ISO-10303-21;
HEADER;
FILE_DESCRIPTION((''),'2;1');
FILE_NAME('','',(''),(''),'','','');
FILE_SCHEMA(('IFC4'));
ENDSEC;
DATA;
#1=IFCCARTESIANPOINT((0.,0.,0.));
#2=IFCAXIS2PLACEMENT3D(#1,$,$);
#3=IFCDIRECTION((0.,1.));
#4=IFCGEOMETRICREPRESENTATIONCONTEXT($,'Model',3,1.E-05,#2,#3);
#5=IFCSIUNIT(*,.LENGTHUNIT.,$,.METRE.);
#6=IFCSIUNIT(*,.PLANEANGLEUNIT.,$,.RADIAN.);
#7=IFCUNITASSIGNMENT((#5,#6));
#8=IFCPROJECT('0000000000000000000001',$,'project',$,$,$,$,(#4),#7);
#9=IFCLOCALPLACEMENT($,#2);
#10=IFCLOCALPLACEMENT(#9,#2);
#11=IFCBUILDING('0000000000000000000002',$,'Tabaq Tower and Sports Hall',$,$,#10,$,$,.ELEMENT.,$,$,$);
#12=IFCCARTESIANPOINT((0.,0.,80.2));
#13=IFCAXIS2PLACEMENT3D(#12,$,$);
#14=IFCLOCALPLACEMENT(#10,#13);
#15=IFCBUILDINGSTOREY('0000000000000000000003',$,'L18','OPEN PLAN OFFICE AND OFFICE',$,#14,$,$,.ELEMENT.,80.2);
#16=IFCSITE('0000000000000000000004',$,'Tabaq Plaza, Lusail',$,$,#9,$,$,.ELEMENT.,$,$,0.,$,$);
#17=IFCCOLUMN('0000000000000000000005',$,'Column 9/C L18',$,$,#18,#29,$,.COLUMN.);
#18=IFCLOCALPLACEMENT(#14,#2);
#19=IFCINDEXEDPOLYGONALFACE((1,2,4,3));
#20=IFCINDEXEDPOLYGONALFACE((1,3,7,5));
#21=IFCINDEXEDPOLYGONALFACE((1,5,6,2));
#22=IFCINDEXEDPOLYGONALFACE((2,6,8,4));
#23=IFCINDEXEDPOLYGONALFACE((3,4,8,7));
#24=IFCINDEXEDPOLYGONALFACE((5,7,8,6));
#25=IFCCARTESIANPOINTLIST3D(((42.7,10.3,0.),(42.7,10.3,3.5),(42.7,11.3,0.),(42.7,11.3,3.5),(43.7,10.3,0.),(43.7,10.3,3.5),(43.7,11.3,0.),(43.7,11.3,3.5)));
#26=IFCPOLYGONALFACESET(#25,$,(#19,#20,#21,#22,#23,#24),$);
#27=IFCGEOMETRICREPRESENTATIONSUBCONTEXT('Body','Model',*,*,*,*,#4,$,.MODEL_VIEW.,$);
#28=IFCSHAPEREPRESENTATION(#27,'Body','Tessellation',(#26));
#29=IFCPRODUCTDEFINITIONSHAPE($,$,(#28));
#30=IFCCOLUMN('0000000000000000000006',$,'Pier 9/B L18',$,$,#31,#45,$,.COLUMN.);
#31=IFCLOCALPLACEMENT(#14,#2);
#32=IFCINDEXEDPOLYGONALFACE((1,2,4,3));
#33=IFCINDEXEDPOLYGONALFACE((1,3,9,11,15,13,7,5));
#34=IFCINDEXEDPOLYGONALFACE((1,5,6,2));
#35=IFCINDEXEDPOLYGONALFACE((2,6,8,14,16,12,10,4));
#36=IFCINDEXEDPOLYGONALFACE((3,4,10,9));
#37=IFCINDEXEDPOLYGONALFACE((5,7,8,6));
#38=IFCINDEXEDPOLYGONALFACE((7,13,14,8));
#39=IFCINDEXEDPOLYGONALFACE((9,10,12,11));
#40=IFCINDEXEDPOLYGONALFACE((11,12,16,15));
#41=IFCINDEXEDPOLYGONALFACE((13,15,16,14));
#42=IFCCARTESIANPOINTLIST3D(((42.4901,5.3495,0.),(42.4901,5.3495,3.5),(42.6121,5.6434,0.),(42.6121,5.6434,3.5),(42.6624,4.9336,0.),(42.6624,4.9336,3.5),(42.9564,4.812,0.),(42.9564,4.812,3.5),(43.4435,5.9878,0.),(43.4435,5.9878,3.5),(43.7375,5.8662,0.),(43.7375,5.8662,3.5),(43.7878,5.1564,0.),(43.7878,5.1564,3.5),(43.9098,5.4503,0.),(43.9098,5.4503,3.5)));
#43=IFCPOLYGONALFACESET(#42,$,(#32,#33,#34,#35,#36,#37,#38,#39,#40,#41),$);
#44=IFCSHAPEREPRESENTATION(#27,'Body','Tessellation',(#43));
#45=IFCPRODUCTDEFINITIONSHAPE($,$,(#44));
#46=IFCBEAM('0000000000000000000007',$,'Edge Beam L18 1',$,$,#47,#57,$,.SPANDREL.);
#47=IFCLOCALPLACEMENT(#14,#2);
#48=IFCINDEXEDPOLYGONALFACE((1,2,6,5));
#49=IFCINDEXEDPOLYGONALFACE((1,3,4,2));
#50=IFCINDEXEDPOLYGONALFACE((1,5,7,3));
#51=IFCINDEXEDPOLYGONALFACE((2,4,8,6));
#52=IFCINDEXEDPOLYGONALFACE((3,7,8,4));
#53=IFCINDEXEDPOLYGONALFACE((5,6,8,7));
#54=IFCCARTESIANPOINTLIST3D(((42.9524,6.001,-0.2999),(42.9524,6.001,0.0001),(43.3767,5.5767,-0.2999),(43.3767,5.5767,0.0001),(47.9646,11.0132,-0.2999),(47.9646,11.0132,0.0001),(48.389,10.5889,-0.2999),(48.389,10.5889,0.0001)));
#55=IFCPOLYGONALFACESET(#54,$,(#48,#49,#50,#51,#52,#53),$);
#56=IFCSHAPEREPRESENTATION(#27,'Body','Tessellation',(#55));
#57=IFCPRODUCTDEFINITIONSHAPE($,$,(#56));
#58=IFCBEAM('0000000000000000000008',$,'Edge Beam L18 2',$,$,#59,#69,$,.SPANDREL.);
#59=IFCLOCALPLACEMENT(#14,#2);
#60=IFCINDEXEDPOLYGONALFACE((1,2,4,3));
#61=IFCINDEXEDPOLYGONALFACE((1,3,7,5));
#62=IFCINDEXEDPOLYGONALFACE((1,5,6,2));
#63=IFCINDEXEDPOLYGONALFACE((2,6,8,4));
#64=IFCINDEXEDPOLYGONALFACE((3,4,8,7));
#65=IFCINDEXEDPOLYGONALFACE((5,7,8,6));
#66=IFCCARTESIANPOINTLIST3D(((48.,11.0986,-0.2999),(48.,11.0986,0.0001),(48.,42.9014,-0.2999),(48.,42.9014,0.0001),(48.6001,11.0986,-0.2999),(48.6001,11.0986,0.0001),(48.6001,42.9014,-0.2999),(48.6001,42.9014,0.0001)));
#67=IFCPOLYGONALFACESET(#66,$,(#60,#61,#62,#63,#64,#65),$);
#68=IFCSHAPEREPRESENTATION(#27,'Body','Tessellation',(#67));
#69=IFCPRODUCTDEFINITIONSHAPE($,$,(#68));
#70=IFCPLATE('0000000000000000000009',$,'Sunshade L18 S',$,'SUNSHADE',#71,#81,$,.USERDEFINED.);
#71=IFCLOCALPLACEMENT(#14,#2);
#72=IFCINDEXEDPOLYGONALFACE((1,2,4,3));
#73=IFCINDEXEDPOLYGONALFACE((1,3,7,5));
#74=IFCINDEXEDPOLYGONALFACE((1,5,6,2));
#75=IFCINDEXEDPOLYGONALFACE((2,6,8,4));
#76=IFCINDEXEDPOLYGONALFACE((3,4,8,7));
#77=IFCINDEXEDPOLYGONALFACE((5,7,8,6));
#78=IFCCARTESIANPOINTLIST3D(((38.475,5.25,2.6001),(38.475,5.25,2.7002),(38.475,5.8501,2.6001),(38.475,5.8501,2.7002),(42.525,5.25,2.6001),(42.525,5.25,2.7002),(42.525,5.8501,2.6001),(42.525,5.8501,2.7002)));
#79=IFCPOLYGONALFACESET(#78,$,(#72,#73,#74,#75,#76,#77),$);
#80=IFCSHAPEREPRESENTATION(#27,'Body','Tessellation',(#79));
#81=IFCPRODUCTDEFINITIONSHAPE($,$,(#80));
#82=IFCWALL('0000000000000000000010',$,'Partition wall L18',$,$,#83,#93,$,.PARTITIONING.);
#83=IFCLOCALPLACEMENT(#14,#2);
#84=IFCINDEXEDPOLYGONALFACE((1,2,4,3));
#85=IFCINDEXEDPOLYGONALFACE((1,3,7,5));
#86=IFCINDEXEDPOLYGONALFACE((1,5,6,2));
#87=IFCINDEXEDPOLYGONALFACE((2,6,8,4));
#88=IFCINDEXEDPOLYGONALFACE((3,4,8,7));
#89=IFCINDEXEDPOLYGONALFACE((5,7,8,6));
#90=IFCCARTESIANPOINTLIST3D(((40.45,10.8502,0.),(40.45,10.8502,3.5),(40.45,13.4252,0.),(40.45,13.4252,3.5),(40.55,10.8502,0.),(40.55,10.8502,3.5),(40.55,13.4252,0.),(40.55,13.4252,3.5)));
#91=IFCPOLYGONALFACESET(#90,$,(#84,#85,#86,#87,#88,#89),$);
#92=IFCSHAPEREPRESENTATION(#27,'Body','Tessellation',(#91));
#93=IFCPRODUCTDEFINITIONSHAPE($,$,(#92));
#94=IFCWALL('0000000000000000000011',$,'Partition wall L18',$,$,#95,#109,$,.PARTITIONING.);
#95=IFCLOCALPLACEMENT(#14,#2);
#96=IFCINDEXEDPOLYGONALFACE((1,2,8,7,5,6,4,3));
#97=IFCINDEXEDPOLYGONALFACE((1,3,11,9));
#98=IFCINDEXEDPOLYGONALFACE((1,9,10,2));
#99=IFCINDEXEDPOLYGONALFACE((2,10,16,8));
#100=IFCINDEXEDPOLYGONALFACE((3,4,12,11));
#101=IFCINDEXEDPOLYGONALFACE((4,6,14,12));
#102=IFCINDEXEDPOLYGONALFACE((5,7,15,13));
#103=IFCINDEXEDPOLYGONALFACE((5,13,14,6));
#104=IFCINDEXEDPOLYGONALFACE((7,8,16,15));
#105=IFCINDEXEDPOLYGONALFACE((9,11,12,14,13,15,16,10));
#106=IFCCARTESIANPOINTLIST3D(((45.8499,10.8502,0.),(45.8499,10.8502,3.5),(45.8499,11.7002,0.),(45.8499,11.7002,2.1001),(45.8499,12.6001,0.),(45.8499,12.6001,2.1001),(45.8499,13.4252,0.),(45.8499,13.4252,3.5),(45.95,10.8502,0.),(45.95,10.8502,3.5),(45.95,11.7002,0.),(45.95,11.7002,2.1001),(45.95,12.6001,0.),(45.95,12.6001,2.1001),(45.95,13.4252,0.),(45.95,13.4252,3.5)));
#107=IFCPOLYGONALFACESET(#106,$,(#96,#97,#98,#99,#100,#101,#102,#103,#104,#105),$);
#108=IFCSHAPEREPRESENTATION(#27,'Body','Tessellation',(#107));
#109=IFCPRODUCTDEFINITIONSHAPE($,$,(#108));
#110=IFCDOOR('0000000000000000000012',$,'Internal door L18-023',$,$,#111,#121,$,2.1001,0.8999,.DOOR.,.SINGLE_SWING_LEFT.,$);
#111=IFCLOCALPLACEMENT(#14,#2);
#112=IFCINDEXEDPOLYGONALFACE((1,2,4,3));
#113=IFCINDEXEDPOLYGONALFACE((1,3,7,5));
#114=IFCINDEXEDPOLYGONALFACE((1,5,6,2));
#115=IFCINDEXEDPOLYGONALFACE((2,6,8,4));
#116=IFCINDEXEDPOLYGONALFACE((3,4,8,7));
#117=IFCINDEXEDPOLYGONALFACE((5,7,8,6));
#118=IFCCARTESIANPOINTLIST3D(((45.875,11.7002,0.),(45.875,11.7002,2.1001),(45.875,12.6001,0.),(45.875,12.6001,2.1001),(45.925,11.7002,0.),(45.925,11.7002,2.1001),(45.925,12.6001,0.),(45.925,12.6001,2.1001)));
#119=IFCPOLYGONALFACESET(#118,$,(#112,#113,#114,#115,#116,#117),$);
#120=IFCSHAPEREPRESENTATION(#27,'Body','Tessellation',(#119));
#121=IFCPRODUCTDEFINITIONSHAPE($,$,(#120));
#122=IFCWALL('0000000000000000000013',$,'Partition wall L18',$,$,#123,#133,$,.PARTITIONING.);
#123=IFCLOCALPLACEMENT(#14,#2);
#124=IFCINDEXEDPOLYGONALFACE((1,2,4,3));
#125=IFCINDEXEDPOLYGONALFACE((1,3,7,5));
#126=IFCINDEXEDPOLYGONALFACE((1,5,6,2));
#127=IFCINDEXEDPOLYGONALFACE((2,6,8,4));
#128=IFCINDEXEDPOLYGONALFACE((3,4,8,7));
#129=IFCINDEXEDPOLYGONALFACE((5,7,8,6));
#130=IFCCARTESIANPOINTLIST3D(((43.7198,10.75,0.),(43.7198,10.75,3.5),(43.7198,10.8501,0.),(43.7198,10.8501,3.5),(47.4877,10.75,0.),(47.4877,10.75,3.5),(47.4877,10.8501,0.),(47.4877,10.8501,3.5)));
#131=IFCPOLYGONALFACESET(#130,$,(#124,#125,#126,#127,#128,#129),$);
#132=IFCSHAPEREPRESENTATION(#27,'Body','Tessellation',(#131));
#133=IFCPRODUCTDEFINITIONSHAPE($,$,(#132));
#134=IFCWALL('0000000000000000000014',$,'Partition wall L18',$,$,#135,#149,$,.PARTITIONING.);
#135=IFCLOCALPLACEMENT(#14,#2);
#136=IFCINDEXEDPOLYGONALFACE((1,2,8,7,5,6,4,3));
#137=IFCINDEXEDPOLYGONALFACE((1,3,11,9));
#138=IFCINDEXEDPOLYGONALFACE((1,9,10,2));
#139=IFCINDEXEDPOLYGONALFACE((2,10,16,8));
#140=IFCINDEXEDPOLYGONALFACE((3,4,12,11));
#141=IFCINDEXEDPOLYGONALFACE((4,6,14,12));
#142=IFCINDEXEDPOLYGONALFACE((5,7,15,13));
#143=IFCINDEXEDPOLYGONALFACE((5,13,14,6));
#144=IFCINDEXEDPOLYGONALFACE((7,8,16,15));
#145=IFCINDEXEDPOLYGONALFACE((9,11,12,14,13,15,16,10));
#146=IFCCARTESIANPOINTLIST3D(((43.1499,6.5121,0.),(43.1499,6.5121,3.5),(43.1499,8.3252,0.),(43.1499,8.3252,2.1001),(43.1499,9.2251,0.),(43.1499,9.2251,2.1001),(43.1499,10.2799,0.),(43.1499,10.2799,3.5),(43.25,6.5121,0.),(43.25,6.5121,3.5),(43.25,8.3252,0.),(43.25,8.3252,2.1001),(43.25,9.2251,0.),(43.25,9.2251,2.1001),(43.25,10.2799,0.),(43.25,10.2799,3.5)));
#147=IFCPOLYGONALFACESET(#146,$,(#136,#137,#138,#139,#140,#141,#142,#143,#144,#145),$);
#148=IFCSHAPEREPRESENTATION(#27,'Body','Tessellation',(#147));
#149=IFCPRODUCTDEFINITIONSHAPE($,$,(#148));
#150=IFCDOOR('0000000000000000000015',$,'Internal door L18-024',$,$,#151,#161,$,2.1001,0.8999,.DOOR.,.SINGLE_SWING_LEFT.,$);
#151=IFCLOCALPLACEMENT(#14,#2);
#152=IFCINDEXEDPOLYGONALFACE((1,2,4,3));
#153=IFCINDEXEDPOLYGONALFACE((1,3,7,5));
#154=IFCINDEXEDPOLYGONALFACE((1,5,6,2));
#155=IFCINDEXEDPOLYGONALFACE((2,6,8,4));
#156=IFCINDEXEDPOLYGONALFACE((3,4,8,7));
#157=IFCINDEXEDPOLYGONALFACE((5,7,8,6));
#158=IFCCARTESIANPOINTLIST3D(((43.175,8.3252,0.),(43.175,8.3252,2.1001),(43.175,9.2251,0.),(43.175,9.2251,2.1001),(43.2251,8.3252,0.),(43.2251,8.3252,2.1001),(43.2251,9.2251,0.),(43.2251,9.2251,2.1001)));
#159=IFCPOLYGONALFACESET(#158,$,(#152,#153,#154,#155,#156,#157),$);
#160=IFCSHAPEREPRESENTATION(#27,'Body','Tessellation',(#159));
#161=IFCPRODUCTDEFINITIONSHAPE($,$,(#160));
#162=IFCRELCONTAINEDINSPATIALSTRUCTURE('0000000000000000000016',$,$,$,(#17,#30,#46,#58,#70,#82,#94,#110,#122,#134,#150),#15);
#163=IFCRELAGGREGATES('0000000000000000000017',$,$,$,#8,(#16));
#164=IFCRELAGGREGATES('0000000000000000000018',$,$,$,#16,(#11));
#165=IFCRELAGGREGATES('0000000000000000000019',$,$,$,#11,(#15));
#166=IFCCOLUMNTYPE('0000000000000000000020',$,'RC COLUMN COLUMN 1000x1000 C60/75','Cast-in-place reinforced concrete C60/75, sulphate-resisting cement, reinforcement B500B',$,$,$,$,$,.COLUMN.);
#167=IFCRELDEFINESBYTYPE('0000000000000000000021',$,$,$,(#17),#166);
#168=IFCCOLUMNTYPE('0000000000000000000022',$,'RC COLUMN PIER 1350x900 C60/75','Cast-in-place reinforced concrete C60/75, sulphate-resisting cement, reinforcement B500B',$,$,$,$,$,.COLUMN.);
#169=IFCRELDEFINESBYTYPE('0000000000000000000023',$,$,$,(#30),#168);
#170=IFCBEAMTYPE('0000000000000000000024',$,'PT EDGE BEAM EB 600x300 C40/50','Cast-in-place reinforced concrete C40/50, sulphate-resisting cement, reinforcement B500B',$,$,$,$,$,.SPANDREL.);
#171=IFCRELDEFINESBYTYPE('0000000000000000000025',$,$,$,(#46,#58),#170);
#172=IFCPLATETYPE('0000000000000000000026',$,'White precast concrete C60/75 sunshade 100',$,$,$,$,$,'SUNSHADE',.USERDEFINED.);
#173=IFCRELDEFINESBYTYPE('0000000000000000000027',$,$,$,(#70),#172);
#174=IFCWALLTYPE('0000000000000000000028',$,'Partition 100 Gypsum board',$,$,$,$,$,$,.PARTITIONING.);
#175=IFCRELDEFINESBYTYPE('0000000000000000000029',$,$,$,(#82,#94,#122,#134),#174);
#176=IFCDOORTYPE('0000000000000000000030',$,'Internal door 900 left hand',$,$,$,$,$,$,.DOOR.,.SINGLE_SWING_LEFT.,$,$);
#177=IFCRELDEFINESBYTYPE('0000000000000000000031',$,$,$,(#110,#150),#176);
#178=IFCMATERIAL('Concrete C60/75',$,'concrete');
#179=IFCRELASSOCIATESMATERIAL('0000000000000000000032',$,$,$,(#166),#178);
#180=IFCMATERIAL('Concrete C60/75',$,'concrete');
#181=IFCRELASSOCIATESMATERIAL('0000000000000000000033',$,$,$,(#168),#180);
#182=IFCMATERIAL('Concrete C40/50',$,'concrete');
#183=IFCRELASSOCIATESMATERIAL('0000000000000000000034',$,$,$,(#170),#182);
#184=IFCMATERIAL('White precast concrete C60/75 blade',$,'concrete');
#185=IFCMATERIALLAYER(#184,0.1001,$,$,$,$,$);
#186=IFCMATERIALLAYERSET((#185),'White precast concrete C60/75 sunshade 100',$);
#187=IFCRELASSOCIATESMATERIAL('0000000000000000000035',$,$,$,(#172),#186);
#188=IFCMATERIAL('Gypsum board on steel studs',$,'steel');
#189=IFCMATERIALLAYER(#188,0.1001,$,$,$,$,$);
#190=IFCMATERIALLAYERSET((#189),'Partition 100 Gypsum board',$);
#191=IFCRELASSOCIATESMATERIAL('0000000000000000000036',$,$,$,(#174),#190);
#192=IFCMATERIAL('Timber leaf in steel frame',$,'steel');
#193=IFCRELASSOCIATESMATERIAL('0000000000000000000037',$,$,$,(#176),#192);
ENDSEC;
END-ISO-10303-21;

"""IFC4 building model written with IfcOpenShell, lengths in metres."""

from ifc_helpers import new_model, si_unit, direction, frame, frame_2d, origin, origin_2d, place, context, subcontext, project, spatial, polyline, rectangle, outline, extrude, material, layer, layer_set, material_profile, profile_set, type_object, element, fill, save


model = new_model("IFC4")

# Units and contexts
model_context = context("Model", 3, precision=1e-05, world=origin(), true_north=direction((0.0, 1.0)))
body_context = subcontext(model_context, "Body", "Model", "MODEL_VIEW")
ifc_project = project(units=[si_unit("LENGTHUNIT", "METRE"), si_unit("PLANEANGLEUNIT", "RADIAN")], contexts=[model_context])

# Site, building, storey
site_placement = place(None, origin())
site = spatial("IfcSite", under=ifc_project, at=site_placement, Name="Tabaq Plaza, Lusail", CompositionType="ELEMENT", RefElevation=0.0)
building_placement = place(site_placement, origin())
building = spatial("IfcBuilding", under=site, at=building_placement, Name="Tabaq Tower and Sports Hall", CompositionType="ELEMENT")
storey_placement = place(building_placement, frame((0.0, 0.0, 80.2)))
storey = spatial("IfcBuildingStorey", under=building, at=storey_placement, Name="L18", Description="OPEN PLAN OFFICE AND OFFICE", CompositionType="ELEMENT", Elevation=80.2)

# Columns
ifc_material_1 = material(Name="Concrete C60/75", Category="concrete")
ifc_material_profile_1 = material_profile(ifc_material_1, rectangle(XDim=1.0, YDim=1.0, at=origin_2d()), Name="COLUMN 1000x1000")
ifc_profile_set_1 = profile_set([ifc_material_profile_1], Name="Concrete C60/75")
column_type_1 = type_object("IfcColumnType", Name="RC COLUMN COLUMN 1000x1000 C60/75", Description="Cast-in-place reinforced concrete C60/75, sulphate-resisting cement, reinforcement B500B", PredefinedType="COLUMN", material=ifc_profile_set_1)
column_1_placement = place(storey_placement, frame((43.2, 10.8, 0.0), z_axis=(0.0, 0.0, 1.0), x_axis=(1.0, 0.0, 0.0)))
element("IfcColumn", 1, at=column_1_placement, inside=storey, type_object=column_type_1, Name="Column 9/C L18", PredefinedType="COLUMN", context=body_context, shape_type="SweptSolid", body=[
    extrude(rectangle(XDim=1.0, YDim=1.0, at=origin_2d()), origin(), (0.0, 0.0, 1.0), 3.5),
])
ifc_material_2 = material(Name="Concrete C60/75", Category="concrete")
ifc_material_profile_2 = material_profile(ifc_material_2, outline(polyline([(-0.45, -0.45), (0.45, -0.45), (0.675, -0.2251), (0.675, 0.2251), (0.45, 0.45), (-0.45, 0.45), (-0.675, 0.2251), (-0.675, -0.2251), (-0.45, -0.45)])), Name="PIER 1350x900")
ifc_profile_set_2 = profile_set([ifc_material_profile_2], Name="Concrete C60/75")
column_type_2 = type_object("IfcColumnType", Name="RC COLUMN PIER 1350x900 C60/75", Description="Cast-in-place reinforced concrete C60/75, sulphate-resisting cement, reinforcement B500B", PredefinedType="COLUMN", material=ifc_profile_set_2)
column_2_placement = place(storey_placement, frame((43.2, 5.3999, 0.0), z_axis=(0.0, 0.0, 1.0), x_axis=(0.92388, 0.382683, 0.0)))
element("IfcColumn", 2, at=column_2_placement, inside=storey, type_object=column_type_2, Name="Pier 9/B L18", PredefinedType="COLUMN", context=body_context, shape_type="SweptSolid", body=[
    extrude(outline(polyline([(-0.45, -0.45), (0.45, -0.45), (0.675, -0.2251), (0.675, 0.2251), (0.45, 0.45), (-0.45, 0.45), (-0.675, 0.2251), (-0.675, -0.2251), (-0.45, -0.45)])), origin(), (0.0, 0.0, 1.0), 3.5),
])

# Beams
ifc_material_3 = material(Name="Concrete C40/50", Category="concrete")
ifc_material_profile_3 = material_profile(ifc_material_3, rectangle(XDim=0.6001, YDim=0.3, at=origin_2d()), Name="EB 600x300")
ifc_profile_set_3 = profile_set([ifc_material_profile_3], Name="Concrete C40/50")
beam_type = type_object("IfcBeamType", Name="PT EDGE BEAM EB 600x300 C40/50", Description="Cast-in-place reinforced concrete C40/50, sulphate-resisting cement, reinforcement B500B", PredefinedType="SPANDREL", material=ifc_profile_set_3)
beam_1_placement = place(storey_placement, frame((43.1646, 5.7888, -0.1499), z_axis=(0.707107, 0.707107, 0.0), x_axis=(-0.707107, 0.707107, 0.0)))
element("IfcBeam", 3, at=beam_1_placement, inside=storey, type_object=beam_type, Name="Edge Beam L18 1", PredefinedType="SPANDREL", context=body_context, shape_type="SweptSolid", body=[
    extrude(rectangle(XDim=0.6001, YDim=0.3, at=origin_2d()), origin(), (0.0, 0.0, 1.0), 7.0884),
])
beam_2_placement = place(storey_placement, frame((48.3, 11.0986, -0.1499), z_axis=(0.0, 1.0, 0.0), x_axis=(-1.0, 0.0, 0.0)))
element("IfcBeam", 4, at=beam_2_placement, inside=storey, type_object=beam_type, Name="Edge Beam L18 2", PredefinedType="SPANDREL", context=body_context, shape_type="SweptSolid", body=[
    extrude(rectangle(XDim=0.6001, YDim=0.3, at=origin_2d()), origin(), (0.0, 0.0, 1.0), 31.8027),
])

# Plate
ifc_material_4 = material(Name="White precast concrete C60/75 blade", Category="concrete")
ifc_layer_1 = layer(ifc_material_4, 0.1001)
ifc_layer_set_1 = layer_set([ifc_layer_1], Name="White precast concrete C60/75 sunshade 100")
plate_type = type_object("IfcPlateType", Name="White precast concrete C60/75 sunshade 100", ElementType="SUNSHADE", PredefinedType="USERDEFINED", material=ifc_layer_set_1)
plate_placement = place(storey_placement, frame((40.5, 5.55, 2.6001), z_axis=(0.0, 0.0, 1.0), x_axis=(1.0, 0.0, 0.0)))
element("IfcPlate", 5, at=plate_placement, inside=storey, type_object=plate_type, Name="Sunshade L18 S", ObjectType="SUNSHADE", PredefinedType="USERDEFINED", context=body_context, shape_type="SweptSolid", body=[
    extrude(rectangle(XDim=4.05, YDim=0.6001, at=origin_2d()), origin(), (0.0, 0.0, 1.0), 0.1001),
])

# Wall
ifc_material_5 = material(Name="Gypsum board on steel studs", Category="steel")
ifc_layer_2 = layer(ifc_material_5, 0.1001)
ifc_layer_set_2 = layer_set([ifc_layer_2], Name="Partition 100 Gypsum board")
wall_type_1 = type_object("IfcWallType", Name="Partition 100 Gypsum board", PredefinedType="PARTITIONING", material=ifc_layer_set_2)
wall_1_placement = place(storey_placement, frame((40.5, 10.8501, 0.0), z_axis=(0.0, 0.0, 1.0), x_axis=(0.0, 1.0, 0.0)))
element("IfcWall", 6, at=wall_1_placement, inside=storey, type_object=wall_type_1, Name="Partition wall L18", PredefinedType="PARTITIONING", context=body_context, shape_type="SweptSolid", body=[
    extrude(rectangle(XDim=2.575, YDim=0.1001, at=frame_2d((1.2876, 0.0))), origin(), (0.0, 0.0, 1.0), 3.5),
])

# Wall, opening, door
wall_2_placement = place(storey_placement, frame((45.8999, 10.8501, 0.0), z_axis=(0.0, 0.0, 1.0), x_axis=(0.0, 1.0, 0.0)))
wall_2 = element("IfcWall", 7, at=wall_2_placement, inside=storey, type_object=wall_type_1, Name="Partition wall L18", PredefinedType="PARTITIONING", context=body_context, shape_type="SweptSolid", body=[
    extrude(rectangle(XDim=2.575, YDim=0.1001, at=frame_2d((1.2876, 0.0))), origin(), (0.0, 0.0, 1.0), 3.5),
])
opening_1_placement = place(wall_2_placement, frame((0.8501, 0.0, 0.0)))
opening_1 = element("IfcOpeningElement", 8, at=opening_1_placement, cuts=wall_2, PredefinedType="OPENING", context=body_context, shape_type="SweptSolid", body=[
    extrude(rectangle(XDim=0.8999, YDim=2.1001, at=frame_2d((0.45, 1.05))), frame((0.0, 0.05, 0.0), z_axis=(0.0, -1.0, 0.0), x_axis=(1.0, 0.0, 0.0)), (0.0, 0.0, 1.0), 0.1001),
])
ifc_material_6 = material(Name="Timber leaf in steel frame", Category="steel")
door_type = type_object("IfcDoorType", Name="Internal door 900 left hand", OperationType="SINGLE_SWING_LEFT", PredefinedType="DOOR", material=ifc_material_6)
door_1_placement = place(opening_1_placement, origin())
door_1 = element("IfcDoor", 9, at=door_1_placement, inside=storey, type_object=door_type, Name="Internal door L18-023", OperationType="SINGLE_SWING_LEFT", OverallHeight=2.1001, OverallWidth=0.8999, PredefinedType="DOOR", context=body_context, shape_type="SweptSolid", body=[
    extrude(rectangle(XDim=0.8999, YDim=2.1001, at=frame_2d((0.45, 1.05))), frame((0.0, 0.0249, 0.0), z_axis=(0.0, -1.0, 0.0), x_axis=(1.0, 0.0, 0.0)), (0.0, 0.0, 1.0), 0.05),
])
fill(opening_1, door_1)

# Wall
wall_3_placement = place(storey_placement, frame((43.72, 10.8, 0.0), z_axis=(0.0, 0.0, 1.0), x_axis=(1.0, 0.0, 0.0)))
element("IfcWall", 10, at=wall_3_placement, inside=storey, type_object=wall_type_1, Name="Partition wall L18", PredefinedType="PARTITIONING", context=body_context, shape_type="SweptSolid", body=[
    extrude(rectangle(XDim=3.7678, YDim=0.1001, at=frame_2d((1.8838, 0.0))), origin(), (0.0, 0.0, 1.0), 3.5),
])

# Wall, opening, door
wall_4_placement = place(storey_placement, frame((43.2, 6.5122, 0.0), z_axis=(0.0, 0.0, 1.0), x_axis=(0.0, 1.0, 0.0)))
wall_4 = element("IfcWall", 11, at=wall_4_placement, inside=storey, type_object=wall_type_1, Name="Partition wall L18", PredefinedType="PARTITIONING", context=body_context, shape_type="SweptSolid", body=[
    extrude(rectangle(XDim=3.7678, YDim=0.1001, at=frame_2d((1.8838, 0.0))), origin(), (0.0, 0.0, 1.0), 3.5),
])
opening_2_placement = place(wall_4_placement, frame((1.813, 0.0, 0.0)))
opening_2 = element("IfcOpeningElement", 12, at=opening_2_placement, cuts=wall_4, PredefinedType="OPENING", context=body_context, shape_type="SweptSolid", body=[
    extrude(rectangle(XDim=0.8999, YDim=2.1001, at=frame_2d((0.45, 1.05))), frame((0.0, 0.05, 0.0), z_axis=(0.0, -1.0, 0.0), x_axis=(1.0, 0.0, 0.0)), (0.0, 0.0, 1.0), 0.1001),
])
door_2_placement = place(opening_2_placement, origin())
door_2 = element("IfcDoor", 13, at=door_2_placement, inside=storey, type_object=door_type, Name="Internal door L18-024", OperationType="SINGLE_SWING_LEFT", OverallHeight=2.1001, OverallWidth=0.8999, PredefinedType="DOOR", context=body_context, shape_type="SweptSolid", body=[
    extrude(rectangle(XDim=0.8999, YDim=2.1001, at=frame_2d((0.45, 1.05))), frame((0.0, 0.0249, 0.0), z_axis=(0.0, -1.0, 0.0), x_axis=(1.0, 0.0, 0.0)), (0.0, 0.0, 1.0), 0.05),
])
fill(opening_2, door_2)

save(model, "model.ifc")
